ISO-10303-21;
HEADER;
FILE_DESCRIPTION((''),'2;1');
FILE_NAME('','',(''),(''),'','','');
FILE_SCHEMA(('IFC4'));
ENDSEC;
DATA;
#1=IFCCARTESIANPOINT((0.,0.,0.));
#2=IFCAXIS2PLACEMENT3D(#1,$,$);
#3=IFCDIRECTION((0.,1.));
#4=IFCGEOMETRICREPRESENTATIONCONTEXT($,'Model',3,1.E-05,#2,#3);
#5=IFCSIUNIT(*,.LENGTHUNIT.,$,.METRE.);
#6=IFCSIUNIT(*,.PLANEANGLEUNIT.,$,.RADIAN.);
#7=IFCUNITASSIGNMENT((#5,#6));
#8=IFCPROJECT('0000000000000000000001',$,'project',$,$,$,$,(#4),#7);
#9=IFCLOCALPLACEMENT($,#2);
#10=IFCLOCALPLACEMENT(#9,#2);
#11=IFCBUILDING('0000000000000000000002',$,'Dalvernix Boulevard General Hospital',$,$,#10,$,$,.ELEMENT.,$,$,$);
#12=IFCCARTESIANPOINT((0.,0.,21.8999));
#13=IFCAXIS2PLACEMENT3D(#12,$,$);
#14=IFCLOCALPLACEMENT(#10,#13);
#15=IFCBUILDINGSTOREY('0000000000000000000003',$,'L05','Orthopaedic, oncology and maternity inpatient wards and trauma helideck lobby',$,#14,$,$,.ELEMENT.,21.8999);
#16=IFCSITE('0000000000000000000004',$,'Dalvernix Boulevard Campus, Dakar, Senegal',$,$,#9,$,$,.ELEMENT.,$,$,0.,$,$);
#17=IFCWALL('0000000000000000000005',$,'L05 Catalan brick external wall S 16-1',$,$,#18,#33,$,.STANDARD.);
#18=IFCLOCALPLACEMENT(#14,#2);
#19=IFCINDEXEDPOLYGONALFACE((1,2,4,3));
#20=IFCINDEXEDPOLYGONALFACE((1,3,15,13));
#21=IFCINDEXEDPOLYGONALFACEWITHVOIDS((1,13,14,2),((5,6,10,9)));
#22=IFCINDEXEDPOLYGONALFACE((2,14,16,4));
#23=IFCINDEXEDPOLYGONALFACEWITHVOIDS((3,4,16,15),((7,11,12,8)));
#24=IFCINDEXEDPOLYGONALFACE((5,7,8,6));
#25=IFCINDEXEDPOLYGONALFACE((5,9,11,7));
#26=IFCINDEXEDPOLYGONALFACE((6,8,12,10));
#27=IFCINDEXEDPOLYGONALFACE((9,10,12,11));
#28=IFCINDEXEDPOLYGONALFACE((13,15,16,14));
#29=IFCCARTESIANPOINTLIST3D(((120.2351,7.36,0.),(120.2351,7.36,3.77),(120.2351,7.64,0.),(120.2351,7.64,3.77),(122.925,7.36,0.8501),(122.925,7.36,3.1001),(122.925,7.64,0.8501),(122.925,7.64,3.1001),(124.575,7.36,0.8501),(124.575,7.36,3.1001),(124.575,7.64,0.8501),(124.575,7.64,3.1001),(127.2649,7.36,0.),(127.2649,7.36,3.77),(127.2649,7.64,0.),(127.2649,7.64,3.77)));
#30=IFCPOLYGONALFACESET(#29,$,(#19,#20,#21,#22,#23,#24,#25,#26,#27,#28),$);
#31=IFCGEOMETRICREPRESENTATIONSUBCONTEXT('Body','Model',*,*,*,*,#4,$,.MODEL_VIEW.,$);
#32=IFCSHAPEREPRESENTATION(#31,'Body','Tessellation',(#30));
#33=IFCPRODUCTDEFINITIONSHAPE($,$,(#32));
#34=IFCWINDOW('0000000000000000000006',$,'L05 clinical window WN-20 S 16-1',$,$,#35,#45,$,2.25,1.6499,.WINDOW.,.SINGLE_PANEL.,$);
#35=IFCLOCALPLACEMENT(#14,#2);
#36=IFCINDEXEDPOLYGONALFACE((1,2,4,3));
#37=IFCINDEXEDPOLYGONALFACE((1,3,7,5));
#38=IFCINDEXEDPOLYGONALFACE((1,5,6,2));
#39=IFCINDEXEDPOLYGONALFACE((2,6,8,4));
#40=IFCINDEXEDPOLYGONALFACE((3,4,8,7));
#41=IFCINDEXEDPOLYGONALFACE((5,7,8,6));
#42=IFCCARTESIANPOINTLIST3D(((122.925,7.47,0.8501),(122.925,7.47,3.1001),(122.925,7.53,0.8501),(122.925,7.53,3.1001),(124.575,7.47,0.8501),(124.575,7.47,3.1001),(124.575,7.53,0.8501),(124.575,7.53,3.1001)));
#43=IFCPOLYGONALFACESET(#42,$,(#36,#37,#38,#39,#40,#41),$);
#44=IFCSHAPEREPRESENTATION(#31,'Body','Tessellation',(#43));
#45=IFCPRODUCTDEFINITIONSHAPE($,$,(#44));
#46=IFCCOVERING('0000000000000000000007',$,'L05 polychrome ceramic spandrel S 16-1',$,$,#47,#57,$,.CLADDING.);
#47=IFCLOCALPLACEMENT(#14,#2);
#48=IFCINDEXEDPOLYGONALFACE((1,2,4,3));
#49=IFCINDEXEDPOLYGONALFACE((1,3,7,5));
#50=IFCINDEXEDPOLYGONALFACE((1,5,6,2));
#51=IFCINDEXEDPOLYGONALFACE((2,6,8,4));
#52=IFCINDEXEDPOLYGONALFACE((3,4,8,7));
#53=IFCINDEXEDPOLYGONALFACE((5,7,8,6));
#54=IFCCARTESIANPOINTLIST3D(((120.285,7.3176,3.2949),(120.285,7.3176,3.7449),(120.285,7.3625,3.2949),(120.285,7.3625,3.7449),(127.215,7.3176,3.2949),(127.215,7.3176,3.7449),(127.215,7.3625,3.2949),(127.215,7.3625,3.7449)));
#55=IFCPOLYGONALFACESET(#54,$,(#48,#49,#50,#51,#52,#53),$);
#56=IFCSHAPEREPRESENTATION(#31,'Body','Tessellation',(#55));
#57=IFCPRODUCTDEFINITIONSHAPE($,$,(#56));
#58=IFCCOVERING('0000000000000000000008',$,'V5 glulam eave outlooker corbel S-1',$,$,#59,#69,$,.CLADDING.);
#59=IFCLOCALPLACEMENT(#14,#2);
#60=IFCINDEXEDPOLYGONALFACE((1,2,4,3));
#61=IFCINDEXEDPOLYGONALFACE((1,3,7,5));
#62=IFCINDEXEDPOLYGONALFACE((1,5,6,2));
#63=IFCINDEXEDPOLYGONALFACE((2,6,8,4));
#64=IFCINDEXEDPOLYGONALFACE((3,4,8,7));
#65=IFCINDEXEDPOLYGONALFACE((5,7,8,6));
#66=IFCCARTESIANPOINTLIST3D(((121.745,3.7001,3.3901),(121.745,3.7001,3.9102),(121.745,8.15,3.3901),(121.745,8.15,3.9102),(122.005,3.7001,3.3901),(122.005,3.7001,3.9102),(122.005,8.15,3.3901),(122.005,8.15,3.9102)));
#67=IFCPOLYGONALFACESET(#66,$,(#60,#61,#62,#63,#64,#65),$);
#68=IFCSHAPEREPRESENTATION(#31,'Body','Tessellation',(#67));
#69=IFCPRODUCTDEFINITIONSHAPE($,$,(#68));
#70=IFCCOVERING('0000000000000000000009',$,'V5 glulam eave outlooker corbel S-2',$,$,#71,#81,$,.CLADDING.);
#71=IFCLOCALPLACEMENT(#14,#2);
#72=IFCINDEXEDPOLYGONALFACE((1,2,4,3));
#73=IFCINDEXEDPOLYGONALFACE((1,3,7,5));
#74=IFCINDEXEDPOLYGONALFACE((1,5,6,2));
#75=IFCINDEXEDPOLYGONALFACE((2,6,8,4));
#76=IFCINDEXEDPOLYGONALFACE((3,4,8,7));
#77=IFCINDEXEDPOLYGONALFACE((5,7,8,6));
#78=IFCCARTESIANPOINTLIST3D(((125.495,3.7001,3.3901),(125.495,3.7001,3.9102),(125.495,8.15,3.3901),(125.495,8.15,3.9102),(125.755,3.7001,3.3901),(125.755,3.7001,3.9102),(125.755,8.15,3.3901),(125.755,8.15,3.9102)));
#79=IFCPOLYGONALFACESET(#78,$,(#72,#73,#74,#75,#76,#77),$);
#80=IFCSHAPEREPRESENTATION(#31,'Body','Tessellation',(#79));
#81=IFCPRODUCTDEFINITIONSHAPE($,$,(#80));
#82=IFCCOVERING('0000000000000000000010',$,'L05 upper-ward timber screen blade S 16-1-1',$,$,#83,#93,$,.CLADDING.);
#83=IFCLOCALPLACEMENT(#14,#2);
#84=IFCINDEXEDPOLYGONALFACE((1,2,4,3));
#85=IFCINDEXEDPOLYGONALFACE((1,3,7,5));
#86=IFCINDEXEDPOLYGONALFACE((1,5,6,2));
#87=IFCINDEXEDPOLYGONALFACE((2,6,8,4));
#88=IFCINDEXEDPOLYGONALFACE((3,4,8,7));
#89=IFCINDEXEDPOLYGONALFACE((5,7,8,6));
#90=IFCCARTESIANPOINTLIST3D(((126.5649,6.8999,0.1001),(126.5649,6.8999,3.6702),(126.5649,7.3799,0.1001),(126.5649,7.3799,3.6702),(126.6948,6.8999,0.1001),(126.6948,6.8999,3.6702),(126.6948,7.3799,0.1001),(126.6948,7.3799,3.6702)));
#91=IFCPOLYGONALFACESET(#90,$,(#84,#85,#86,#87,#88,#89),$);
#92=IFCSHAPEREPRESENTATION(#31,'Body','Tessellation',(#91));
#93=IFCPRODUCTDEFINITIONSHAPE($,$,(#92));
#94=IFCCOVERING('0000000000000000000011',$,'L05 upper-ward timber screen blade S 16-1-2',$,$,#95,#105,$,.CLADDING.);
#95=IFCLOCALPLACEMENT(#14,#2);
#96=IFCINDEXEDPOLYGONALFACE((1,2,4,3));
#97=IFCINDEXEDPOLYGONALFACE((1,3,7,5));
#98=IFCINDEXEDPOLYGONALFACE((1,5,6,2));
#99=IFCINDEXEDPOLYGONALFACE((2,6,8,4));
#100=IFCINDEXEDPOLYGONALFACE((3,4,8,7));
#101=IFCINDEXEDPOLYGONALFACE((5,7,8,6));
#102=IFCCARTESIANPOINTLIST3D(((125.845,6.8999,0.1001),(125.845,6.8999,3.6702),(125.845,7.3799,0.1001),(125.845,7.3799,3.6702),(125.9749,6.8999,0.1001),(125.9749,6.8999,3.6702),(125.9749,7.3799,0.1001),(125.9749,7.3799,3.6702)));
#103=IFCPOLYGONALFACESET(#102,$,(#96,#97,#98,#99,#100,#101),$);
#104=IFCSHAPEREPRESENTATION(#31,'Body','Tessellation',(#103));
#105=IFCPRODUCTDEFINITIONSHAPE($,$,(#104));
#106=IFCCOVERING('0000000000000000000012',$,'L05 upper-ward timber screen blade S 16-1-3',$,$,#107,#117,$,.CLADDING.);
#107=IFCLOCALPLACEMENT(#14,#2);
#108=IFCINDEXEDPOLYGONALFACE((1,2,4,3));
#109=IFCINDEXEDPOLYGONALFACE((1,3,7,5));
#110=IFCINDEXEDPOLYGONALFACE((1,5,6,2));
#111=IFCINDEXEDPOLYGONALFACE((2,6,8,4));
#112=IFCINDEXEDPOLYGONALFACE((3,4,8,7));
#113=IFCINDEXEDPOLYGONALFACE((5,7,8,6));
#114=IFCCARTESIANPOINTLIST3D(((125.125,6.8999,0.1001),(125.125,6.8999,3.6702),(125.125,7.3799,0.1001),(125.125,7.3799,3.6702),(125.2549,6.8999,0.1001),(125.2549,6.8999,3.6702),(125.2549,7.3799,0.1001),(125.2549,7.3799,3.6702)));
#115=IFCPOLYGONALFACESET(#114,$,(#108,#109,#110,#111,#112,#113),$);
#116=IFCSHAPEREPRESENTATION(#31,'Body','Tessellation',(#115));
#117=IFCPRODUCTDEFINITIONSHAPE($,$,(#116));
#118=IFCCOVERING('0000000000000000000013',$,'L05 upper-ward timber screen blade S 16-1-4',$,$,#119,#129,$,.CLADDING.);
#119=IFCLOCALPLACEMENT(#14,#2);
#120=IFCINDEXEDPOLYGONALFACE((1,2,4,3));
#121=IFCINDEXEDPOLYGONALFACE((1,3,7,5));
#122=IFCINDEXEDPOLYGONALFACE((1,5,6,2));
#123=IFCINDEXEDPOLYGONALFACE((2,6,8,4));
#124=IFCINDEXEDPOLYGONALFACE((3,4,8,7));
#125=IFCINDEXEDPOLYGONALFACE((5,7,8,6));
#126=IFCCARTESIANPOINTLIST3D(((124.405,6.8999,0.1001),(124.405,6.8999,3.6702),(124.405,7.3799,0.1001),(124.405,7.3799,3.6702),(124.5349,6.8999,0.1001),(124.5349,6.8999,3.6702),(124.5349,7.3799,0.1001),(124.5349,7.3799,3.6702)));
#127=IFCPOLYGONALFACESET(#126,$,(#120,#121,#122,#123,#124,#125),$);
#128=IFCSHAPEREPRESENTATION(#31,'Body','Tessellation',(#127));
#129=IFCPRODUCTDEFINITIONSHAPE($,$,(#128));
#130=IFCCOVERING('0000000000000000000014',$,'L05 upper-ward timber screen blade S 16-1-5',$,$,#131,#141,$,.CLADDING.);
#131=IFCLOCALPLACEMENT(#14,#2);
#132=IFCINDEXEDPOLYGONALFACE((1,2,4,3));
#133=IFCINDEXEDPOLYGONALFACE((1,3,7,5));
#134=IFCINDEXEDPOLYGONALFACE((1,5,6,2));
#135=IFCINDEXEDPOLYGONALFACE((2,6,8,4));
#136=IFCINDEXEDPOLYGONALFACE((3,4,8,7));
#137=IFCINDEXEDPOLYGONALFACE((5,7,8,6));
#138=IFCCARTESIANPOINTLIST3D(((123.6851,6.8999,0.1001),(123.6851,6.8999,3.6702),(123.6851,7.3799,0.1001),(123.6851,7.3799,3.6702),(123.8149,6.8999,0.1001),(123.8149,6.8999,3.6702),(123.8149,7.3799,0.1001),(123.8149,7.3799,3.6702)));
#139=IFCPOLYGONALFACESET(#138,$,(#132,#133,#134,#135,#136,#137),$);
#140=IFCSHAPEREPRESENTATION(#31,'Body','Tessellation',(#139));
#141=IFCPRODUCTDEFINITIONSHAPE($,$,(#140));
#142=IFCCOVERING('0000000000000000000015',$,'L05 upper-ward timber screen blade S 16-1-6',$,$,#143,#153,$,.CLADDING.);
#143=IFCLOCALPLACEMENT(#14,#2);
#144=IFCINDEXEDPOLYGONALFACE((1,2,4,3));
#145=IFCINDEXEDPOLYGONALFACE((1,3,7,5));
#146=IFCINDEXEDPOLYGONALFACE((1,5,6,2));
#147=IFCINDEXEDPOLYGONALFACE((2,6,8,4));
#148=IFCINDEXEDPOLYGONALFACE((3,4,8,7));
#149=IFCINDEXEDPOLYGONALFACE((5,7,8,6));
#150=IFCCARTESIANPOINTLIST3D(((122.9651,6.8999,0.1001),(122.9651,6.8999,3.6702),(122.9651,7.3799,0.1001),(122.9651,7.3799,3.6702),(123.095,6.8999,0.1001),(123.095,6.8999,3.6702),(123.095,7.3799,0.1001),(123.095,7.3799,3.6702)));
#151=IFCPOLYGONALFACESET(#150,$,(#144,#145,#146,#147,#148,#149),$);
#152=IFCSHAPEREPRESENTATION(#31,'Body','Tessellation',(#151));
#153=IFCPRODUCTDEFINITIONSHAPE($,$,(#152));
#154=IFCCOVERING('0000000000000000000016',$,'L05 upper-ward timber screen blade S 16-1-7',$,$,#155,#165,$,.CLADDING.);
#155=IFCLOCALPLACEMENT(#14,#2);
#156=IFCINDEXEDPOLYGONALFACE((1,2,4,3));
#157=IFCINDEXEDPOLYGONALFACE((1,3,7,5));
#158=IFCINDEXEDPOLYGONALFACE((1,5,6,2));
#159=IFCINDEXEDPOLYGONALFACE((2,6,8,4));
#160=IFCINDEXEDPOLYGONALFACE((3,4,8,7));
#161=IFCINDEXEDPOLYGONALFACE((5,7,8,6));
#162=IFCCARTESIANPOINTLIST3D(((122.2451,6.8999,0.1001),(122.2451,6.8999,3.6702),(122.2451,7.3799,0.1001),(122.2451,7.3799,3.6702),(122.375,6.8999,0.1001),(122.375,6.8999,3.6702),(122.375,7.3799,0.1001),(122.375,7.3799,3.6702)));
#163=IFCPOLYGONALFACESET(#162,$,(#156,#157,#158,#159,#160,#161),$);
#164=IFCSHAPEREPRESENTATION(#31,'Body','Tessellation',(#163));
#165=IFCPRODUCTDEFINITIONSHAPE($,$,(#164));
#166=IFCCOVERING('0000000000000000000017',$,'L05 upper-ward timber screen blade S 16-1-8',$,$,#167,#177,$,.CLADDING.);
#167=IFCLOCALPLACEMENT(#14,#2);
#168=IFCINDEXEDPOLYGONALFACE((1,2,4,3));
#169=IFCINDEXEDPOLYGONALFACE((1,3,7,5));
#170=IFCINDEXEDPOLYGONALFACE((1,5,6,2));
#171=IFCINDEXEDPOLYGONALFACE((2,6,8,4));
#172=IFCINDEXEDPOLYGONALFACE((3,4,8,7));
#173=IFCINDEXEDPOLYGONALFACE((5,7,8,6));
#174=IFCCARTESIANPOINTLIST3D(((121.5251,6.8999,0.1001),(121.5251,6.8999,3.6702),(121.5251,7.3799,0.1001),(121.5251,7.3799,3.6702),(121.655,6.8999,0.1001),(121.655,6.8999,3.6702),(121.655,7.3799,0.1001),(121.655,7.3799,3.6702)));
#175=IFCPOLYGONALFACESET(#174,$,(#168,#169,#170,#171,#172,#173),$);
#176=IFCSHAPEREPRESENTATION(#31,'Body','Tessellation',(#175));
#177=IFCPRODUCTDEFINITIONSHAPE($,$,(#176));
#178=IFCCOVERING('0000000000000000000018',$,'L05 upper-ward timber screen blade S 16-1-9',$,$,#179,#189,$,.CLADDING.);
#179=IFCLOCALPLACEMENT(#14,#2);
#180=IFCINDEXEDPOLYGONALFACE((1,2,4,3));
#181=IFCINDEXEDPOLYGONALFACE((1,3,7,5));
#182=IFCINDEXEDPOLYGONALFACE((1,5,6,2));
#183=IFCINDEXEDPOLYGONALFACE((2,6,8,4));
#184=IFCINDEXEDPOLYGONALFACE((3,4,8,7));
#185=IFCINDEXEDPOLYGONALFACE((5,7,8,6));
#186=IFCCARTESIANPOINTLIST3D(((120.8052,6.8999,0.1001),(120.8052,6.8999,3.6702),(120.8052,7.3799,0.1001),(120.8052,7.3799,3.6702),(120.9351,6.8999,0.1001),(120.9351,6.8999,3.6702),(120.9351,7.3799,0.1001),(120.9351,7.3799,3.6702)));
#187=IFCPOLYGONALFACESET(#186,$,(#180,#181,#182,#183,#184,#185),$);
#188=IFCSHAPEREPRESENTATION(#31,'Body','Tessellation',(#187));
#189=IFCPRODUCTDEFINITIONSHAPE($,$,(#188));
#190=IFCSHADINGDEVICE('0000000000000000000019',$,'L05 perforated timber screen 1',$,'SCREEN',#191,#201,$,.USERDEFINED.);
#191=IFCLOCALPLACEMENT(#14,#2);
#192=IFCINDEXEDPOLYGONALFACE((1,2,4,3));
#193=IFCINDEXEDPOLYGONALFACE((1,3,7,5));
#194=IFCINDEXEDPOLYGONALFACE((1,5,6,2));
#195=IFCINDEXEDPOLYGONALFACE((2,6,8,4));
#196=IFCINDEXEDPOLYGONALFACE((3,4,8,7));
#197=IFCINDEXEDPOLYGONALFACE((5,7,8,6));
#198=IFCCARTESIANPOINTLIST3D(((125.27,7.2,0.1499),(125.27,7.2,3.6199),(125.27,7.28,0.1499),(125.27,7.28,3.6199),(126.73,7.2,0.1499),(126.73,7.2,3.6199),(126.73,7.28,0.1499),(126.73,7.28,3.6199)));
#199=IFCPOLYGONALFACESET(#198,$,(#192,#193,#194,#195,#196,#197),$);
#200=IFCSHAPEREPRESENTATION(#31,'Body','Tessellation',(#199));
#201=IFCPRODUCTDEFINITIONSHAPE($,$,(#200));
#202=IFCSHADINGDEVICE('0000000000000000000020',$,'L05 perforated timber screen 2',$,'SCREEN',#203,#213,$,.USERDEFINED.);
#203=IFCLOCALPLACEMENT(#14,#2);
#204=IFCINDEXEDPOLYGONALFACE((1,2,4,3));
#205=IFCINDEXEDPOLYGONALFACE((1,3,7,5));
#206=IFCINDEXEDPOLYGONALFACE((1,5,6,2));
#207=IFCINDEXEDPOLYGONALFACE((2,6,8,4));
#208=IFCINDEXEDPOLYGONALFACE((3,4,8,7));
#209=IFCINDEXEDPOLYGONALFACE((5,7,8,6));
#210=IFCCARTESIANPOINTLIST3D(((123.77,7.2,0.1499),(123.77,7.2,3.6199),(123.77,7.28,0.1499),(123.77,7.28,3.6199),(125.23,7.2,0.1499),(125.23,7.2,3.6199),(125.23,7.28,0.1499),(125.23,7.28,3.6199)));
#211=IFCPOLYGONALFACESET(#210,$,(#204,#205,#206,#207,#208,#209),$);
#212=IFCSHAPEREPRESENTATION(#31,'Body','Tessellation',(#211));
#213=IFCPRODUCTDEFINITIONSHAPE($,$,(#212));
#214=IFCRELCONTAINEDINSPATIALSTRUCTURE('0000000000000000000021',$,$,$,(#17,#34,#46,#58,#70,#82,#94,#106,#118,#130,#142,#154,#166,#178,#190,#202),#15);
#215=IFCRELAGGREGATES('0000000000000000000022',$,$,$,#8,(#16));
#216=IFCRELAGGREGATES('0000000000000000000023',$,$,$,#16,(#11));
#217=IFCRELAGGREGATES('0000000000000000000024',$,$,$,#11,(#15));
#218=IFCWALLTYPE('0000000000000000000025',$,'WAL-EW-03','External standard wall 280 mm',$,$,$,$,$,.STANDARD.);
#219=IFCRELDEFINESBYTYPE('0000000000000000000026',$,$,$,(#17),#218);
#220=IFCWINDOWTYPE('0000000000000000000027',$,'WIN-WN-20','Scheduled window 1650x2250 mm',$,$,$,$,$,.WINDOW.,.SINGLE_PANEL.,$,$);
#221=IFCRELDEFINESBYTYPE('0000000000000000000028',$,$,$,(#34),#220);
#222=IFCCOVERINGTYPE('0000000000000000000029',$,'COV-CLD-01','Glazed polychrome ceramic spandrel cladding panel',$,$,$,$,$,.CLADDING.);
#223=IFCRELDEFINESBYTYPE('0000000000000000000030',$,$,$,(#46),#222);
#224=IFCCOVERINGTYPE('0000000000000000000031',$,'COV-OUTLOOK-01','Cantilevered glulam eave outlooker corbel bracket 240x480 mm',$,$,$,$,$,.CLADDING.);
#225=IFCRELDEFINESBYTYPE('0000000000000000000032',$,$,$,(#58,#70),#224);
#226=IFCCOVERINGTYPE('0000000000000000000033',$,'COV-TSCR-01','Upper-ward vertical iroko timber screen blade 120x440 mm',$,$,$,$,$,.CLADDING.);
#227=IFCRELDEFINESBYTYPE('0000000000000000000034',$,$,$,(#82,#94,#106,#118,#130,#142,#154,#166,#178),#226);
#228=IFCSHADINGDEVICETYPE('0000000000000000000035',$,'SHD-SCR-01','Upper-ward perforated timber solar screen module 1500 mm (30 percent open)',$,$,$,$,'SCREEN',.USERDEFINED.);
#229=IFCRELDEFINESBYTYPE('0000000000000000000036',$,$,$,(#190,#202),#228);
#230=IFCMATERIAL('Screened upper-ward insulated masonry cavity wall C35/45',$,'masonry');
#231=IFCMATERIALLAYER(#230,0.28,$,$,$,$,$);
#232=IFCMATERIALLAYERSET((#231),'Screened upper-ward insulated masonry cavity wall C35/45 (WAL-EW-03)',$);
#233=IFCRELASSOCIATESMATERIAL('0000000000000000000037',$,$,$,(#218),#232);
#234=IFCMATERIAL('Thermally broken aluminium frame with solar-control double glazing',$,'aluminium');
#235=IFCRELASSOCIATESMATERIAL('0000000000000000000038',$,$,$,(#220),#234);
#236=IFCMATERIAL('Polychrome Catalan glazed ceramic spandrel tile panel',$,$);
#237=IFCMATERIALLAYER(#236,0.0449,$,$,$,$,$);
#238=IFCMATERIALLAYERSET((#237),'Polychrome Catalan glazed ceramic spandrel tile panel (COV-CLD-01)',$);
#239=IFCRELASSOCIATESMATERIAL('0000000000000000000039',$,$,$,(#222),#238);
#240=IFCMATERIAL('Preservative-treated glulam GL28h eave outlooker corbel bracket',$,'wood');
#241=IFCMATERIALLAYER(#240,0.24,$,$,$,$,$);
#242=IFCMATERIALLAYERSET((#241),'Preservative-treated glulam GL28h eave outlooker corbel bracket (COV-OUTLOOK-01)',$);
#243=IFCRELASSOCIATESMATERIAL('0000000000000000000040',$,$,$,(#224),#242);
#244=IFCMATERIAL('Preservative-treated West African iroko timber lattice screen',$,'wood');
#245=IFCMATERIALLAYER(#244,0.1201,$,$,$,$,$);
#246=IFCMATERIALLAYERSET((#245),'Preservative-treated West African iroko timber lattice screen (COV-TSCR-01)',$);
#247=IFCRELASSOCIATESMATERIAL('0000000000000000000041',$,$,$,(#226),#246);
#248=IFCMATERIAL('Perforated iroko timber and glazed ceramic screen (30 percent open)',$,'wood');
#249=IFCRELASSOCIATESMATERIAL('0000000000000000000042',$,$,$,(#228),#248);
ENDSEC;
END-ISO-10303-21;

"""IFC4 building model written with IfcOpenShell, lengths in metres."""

from ifc_helpers import new_model, si_unit, direction, frame, frame_2d, origin, origin_2d, place, context, subcontext, project, spatial, rectangle, extrude, material, layer, layer_set, type_object, element, fill, save


model = new_model("IFC4")

# Units and contexts
model_context = context("Model", 3, precision=1e-05, world=origin(), true_north=direction((0.0, 1.0)))
body_context = subcontext(model_context, "Body", "Model", "MODEL_VIEW")
ifc_project = project(units=[si_unit("LENGTHUNIT", "METRE"), si_unit("PLANEANGLEUNIT", "RADIAN")], contexts=[model_context])

# Site, building, storey
site_placement = place(None, origin())
site = spatial("IfcSite", under=ifc_project, at=site_placement, Name="Dalvernix Boulevard Campus, Dakar, Senegal", CompositionType="ELEMENT", RefElevation=0.0)
building_placement = place(site_placement, origin())
building = spatial("IfcBuilding", under=site, at=building_placement, Name="Dalvernix Boulevard General Hospital", CompositionType="ELEMENT")
storey_placement = place(building_placement, frame((0.0, 0.0, 21.8999)))
storey = spatial("IfcBuildingStorey", under=building, at=storey_placement, Name="L05", Description="Orthopaedic, oncology and maternity inpatient wards and trauma helideck lobby", CompositionType="ELEMENT", Elevation=21.8999)

# Wall, opening, window
ifc_material_1 = material(Name="Screened upper-ward insulated masonry cavity wall C35/45", Category="masonry")
ifc_layer_1 = layer(ifc_material_1, 0.28)
ifc_layer_set_1 = layer_set([ifc_layer_1], Name="Screened upper-ward insulated masonry cavity wall C35/45 (WAL-EW-03)")
wall_type = type_object("IfcWallType", Name="WAL-EW-03", Description="External standard wall 280 mm", PredefinedType="STANDARD", material=ifc_layer_set_1)
wall_placement = place(storey_placement, frame((127.2649, 7.5, 0.0), z_axis=(0.0, 0.0, 1.0), x_axis=(-1.0, 0.0, 0.0)))
wall = element("IfcWall", 1, at=wall_placement, inside=storey, type_object=wall_type, Name="L05 Catalan brick external wall S 16-1", PredefinedType="STANDARD", context=body_context, shape_type="SweptSolid", body=[
    extrude(rectangle(XDim=7.0298, YDim=0.28, at=frame_2d((3.5149, 0.0))), origin(), (0.0, 0.0, 1.0), 3.77),
])
opening_placement = place(wall_placement, frame((2.6899, 0.0, 0.8501)))
opening = element("IfcOpeningElement", 2, at=opening_placement, cuts=wall, PredefinedType="OPENING", context=body_context, shape_type="SweptSolid", body=[
    extrude(rectangle(XDim=1.6499, YDim=2.25, at=frame_2d((0.825, 1.125))), frame((0.0, 0.1499, 0.0), z_axis=(0.0, -1.0, 0.0), x_axis=(1.0, 0.0, 0.0)), (0.0, 0.0, 1.0), 0.3),
])
ifc_material_2 = material(Name="Thermally broken aluminium frame with solar-control double glazing", Category="aluminium")
window_type = type_object("IfcWindowType", Name="WIN-WN-20", Description="Scheduled window 1650x2250 mm", PartitioningType="SINGLE_PANEL", PredefinedType="WINDOW", material=ifc_material_2)
window_placement = place(opening_placement, origin())
window = element("IfcWindow", 3, at=window_placement, inside=storey, type_object=window_type, Name="L05 clinical window WN-20 S 16-1", OverallHeight=2.25, OverallWidth=1.6499, PartitioningType="SINGLE_PANEL", PredefinedType="WINDOW", context=body_context, shape_type="SweptSolid", body=[
    extrude(rectangle(XDim=1.6499, YDim=2.25, at=frame_2d((0.825, 1.125))), frame((0.0, 0.03, 0.0), z_axis=(0.0, -1.0, 0.0), x_axis=(1.0, 0.0, 0.0)), (0.0, 0.0, 1.0), 0.0601),
])
fill(opening, window)

# Coverings
ifc_material_3 = material(Name="Polychrome Catalan glazed ceramic spandrel tile panel")
ifc_layer_2 = layer(ifc_material_3, 0.0449)
ifc_layer_set_2 = layer_set([ifc_layer_2], Name="Polychrome Catalan glazed ceramic spandrel tile panel (COV-CLD-01)")
covering_type_1 = type_object("IfcCoveringType", Name="COV-CLD-01", Description="Glazed polychrome ceramic spandrel cladding panel", PredefinedType="CLADDING", material=ifc_layer_set_2)
covering_placement = place(storey_placement, frame((123.75, 7.3401, 3.2949), z_axis=(0.0, 0.0, 1.0), x_axis=(-1.0, 0.0, 0.0)))
element("IfcCovering", 4, at=covering_placement, inside=storey, type_object=covering_type_1, Name="L05 polychrome ceramic spandrel S 16-1", PredefinedType="CLADDING", context=body_context, shape_type="SweptSolid", body=[
    extrude(rectangle(XDim=6.9299, YDim=0.0449, at=origin_2d()), origin(), (0.0, 0.0, 1.0), 0.45),
])
ifc_material_4 = material(Name="Preservative-treated glulam GL28h eave outlooker corbel bracket", Category="wood")
ifc_layer_3 = layer(ifc_material_4, 0.24)
ifc_layer_set_3 = layer_set([ifc_layer_3], Name="Preservative-treated glulam GL28h eave outlooker corbel bracket (COV-OUTLOOK-01)")
covering_type_2 = type_object("IfcCoveringType", Name="COV-OUTLOOK-01", Description="Cantilevered glulam eave outlooker corbel bracket 240x480 mm", PredefinedType="CLADDING", material=ifc_layer_set_3)
for number, where, z_axis, x_axis, name in (
    (5, (121.875, 5.925, 3.3901), (0.0, 0.0, 1.0), (1.0, 0.0, 0.0), "V5 glulam eave outlooker corbel S-1"),
    (6, (125.625, 5.925, 3.3901), (0.0, 0.0, 1.0), (1.0, 0.0, 0.0), "V5 glulam eave outlooker corbel S-2"),
):
    element("IfcCovering", number, at=place(storey_placement, frame(where, z_axis=z_axis, x_axis=x_axis)), inside=storey, type_object=covering_type_2, Name=name, PredefinedType="CLADDING", context=body_context, shape_type="SweptSolid", body=[
        extrude(rectangle(XDim=0.26, YDim=4.45, at=origin_2d()), origin(), (0.0, 0.0, 1.0), 0.52),
    ])
ifc_material_5 = material(Name="Preservative-treated West African iroko timber lattice screen", Category="wood")
ifc_layer_4 = layer(ifc_material_5, 0.1201)
ifc_layer_set_4 = layer_set([ifc_layer_4], Name="Preservative-treated West African iroko timber lattice screen (COV-TSCR-01)")
covering_type_3 = type_object("IfcCoveringType", Name="COV-TSCR-01", Description="Upper-ward vertical iroko timber screen blade 120x440 mm", PredefinedType="CLADDING", material=ifc_layer_set_4)
for number, where, z_axis, x_axis, name in (
    (7, (126.6299, 7.1399, 0.1001), (0.0, 0.0, 1.0), (-1.0, 0.0, 0.0), "L05 upper-ward timber screen blade S 16-1-1"),
    (8, (125.9099, 7.1399, 0.1001), (0.0, 0.0, 1.0), (-1.0, 0.0, 0.0), "L05 upper-ward timber screen blade S 16-1-2"),
    (9, (125.1899, 7.1399, 0.1001), (0.0, 0.0, 1.0), (-1.0, 0.0, 0.0), "L05 upper-ward timber screen blade S 16-1-3"),
    (10, (124.47, 7.1399, 0.1001), (0.0, 0.0, 1.0), (-1.0, 0.0, 0.0), "L05 upper-ward timber screen blade S 16-1-4"),
    (11, (123.75, 7.1399, 0.1001), (0.0, 0.0, 1.0), (-1.0, 0.0, 0.0), "L05 upper-ward timber screen blade S 16-1-5"),
    (12, (123.03, 7.1399, 0.1001), (0.0, 0.0, 1.0), (-1.0, 0.0, 0.0), "L05 upper-ward timber screen blade S 16-1-6"),
    (13, (122.3101, 7.1399, 0.1001), (0.0, 0.0, 1.0), (-1.0, 0.0, 0.0), "L05 upper-ward timber screen blade S 16-1-7"),
    (14, (121.5901, 7.1399, 0.1001), (0.0, 0.0, 1.0), (-1.0, 0.0, 0.0), "L05 upper-ward timber screen blade S 16-1-8"),
    (15, (120.8701, 7.1399, 0.1001), (0.0, 0.0, 1.0), (-1.0, 0.0, 0.0), "L05 upper-ward timber screen blade S 16-1-9"),
):
    element("IfcCovering", number, at=place(storey_placement, frame(where, z_axis=z_axis, x_axis=x_axis)), inside=storey, type_object=covering_type_3, Name=name, PredefinedType="CLADDING", context=body_context, shape_type="SweptSolid", body=[
        extrude(rectangle(XDim=0.1299, YDim=0.48, at=origin_2d()), origin(), (0.0, 0.0, 1.0), 3.5701),
    ])

# Shading devices
ifc_material_6 = material(Name="Perforated iroko timber and glazed ceramic screen (30 percent open)", Category="wood")
shading_device_type = type_object("IfcShadingDeviceType", Name="SHD-SCR-01", Description="Upper-ward perforated timber solar screen module 1500 mm (30 percent open)", ElementType="SCREEN", PredefinedType="USERDEFINED", material=ifc_material_6)
for number, where, z_axis, x_axis, name in (
    (16, (126.0, 7.24, 0.1499), (0.0, 0.0, 1.0), (-1.0, 0.0, 0.0), "L05 perforated timber screen 1"),
    (17, (124.5, 7.24, 0.1499), (0.0, 0.0, 1.0), (-1.0, 0.0, 0.0), "L05 perforated timber screen 2"),
):
    element("IfcShadingDevice", number, at=place(storey_placement, frame(where, z_axis=z_axis, x_axis=x_axis)), inside=storey, type_object=shading_device_type, Name=name, ObjectType="SCREEN", PredefinedType="USERDEFINED", context=body_context, shape_type="SweptSolid", body=[
        extrude(rectangle(XDim=1.46, YDim=0.0801, at=origin_2d()), origin(), (0.0, 0.0, 1.0), 3.47),
    ])

save(model, "model.ifc")
